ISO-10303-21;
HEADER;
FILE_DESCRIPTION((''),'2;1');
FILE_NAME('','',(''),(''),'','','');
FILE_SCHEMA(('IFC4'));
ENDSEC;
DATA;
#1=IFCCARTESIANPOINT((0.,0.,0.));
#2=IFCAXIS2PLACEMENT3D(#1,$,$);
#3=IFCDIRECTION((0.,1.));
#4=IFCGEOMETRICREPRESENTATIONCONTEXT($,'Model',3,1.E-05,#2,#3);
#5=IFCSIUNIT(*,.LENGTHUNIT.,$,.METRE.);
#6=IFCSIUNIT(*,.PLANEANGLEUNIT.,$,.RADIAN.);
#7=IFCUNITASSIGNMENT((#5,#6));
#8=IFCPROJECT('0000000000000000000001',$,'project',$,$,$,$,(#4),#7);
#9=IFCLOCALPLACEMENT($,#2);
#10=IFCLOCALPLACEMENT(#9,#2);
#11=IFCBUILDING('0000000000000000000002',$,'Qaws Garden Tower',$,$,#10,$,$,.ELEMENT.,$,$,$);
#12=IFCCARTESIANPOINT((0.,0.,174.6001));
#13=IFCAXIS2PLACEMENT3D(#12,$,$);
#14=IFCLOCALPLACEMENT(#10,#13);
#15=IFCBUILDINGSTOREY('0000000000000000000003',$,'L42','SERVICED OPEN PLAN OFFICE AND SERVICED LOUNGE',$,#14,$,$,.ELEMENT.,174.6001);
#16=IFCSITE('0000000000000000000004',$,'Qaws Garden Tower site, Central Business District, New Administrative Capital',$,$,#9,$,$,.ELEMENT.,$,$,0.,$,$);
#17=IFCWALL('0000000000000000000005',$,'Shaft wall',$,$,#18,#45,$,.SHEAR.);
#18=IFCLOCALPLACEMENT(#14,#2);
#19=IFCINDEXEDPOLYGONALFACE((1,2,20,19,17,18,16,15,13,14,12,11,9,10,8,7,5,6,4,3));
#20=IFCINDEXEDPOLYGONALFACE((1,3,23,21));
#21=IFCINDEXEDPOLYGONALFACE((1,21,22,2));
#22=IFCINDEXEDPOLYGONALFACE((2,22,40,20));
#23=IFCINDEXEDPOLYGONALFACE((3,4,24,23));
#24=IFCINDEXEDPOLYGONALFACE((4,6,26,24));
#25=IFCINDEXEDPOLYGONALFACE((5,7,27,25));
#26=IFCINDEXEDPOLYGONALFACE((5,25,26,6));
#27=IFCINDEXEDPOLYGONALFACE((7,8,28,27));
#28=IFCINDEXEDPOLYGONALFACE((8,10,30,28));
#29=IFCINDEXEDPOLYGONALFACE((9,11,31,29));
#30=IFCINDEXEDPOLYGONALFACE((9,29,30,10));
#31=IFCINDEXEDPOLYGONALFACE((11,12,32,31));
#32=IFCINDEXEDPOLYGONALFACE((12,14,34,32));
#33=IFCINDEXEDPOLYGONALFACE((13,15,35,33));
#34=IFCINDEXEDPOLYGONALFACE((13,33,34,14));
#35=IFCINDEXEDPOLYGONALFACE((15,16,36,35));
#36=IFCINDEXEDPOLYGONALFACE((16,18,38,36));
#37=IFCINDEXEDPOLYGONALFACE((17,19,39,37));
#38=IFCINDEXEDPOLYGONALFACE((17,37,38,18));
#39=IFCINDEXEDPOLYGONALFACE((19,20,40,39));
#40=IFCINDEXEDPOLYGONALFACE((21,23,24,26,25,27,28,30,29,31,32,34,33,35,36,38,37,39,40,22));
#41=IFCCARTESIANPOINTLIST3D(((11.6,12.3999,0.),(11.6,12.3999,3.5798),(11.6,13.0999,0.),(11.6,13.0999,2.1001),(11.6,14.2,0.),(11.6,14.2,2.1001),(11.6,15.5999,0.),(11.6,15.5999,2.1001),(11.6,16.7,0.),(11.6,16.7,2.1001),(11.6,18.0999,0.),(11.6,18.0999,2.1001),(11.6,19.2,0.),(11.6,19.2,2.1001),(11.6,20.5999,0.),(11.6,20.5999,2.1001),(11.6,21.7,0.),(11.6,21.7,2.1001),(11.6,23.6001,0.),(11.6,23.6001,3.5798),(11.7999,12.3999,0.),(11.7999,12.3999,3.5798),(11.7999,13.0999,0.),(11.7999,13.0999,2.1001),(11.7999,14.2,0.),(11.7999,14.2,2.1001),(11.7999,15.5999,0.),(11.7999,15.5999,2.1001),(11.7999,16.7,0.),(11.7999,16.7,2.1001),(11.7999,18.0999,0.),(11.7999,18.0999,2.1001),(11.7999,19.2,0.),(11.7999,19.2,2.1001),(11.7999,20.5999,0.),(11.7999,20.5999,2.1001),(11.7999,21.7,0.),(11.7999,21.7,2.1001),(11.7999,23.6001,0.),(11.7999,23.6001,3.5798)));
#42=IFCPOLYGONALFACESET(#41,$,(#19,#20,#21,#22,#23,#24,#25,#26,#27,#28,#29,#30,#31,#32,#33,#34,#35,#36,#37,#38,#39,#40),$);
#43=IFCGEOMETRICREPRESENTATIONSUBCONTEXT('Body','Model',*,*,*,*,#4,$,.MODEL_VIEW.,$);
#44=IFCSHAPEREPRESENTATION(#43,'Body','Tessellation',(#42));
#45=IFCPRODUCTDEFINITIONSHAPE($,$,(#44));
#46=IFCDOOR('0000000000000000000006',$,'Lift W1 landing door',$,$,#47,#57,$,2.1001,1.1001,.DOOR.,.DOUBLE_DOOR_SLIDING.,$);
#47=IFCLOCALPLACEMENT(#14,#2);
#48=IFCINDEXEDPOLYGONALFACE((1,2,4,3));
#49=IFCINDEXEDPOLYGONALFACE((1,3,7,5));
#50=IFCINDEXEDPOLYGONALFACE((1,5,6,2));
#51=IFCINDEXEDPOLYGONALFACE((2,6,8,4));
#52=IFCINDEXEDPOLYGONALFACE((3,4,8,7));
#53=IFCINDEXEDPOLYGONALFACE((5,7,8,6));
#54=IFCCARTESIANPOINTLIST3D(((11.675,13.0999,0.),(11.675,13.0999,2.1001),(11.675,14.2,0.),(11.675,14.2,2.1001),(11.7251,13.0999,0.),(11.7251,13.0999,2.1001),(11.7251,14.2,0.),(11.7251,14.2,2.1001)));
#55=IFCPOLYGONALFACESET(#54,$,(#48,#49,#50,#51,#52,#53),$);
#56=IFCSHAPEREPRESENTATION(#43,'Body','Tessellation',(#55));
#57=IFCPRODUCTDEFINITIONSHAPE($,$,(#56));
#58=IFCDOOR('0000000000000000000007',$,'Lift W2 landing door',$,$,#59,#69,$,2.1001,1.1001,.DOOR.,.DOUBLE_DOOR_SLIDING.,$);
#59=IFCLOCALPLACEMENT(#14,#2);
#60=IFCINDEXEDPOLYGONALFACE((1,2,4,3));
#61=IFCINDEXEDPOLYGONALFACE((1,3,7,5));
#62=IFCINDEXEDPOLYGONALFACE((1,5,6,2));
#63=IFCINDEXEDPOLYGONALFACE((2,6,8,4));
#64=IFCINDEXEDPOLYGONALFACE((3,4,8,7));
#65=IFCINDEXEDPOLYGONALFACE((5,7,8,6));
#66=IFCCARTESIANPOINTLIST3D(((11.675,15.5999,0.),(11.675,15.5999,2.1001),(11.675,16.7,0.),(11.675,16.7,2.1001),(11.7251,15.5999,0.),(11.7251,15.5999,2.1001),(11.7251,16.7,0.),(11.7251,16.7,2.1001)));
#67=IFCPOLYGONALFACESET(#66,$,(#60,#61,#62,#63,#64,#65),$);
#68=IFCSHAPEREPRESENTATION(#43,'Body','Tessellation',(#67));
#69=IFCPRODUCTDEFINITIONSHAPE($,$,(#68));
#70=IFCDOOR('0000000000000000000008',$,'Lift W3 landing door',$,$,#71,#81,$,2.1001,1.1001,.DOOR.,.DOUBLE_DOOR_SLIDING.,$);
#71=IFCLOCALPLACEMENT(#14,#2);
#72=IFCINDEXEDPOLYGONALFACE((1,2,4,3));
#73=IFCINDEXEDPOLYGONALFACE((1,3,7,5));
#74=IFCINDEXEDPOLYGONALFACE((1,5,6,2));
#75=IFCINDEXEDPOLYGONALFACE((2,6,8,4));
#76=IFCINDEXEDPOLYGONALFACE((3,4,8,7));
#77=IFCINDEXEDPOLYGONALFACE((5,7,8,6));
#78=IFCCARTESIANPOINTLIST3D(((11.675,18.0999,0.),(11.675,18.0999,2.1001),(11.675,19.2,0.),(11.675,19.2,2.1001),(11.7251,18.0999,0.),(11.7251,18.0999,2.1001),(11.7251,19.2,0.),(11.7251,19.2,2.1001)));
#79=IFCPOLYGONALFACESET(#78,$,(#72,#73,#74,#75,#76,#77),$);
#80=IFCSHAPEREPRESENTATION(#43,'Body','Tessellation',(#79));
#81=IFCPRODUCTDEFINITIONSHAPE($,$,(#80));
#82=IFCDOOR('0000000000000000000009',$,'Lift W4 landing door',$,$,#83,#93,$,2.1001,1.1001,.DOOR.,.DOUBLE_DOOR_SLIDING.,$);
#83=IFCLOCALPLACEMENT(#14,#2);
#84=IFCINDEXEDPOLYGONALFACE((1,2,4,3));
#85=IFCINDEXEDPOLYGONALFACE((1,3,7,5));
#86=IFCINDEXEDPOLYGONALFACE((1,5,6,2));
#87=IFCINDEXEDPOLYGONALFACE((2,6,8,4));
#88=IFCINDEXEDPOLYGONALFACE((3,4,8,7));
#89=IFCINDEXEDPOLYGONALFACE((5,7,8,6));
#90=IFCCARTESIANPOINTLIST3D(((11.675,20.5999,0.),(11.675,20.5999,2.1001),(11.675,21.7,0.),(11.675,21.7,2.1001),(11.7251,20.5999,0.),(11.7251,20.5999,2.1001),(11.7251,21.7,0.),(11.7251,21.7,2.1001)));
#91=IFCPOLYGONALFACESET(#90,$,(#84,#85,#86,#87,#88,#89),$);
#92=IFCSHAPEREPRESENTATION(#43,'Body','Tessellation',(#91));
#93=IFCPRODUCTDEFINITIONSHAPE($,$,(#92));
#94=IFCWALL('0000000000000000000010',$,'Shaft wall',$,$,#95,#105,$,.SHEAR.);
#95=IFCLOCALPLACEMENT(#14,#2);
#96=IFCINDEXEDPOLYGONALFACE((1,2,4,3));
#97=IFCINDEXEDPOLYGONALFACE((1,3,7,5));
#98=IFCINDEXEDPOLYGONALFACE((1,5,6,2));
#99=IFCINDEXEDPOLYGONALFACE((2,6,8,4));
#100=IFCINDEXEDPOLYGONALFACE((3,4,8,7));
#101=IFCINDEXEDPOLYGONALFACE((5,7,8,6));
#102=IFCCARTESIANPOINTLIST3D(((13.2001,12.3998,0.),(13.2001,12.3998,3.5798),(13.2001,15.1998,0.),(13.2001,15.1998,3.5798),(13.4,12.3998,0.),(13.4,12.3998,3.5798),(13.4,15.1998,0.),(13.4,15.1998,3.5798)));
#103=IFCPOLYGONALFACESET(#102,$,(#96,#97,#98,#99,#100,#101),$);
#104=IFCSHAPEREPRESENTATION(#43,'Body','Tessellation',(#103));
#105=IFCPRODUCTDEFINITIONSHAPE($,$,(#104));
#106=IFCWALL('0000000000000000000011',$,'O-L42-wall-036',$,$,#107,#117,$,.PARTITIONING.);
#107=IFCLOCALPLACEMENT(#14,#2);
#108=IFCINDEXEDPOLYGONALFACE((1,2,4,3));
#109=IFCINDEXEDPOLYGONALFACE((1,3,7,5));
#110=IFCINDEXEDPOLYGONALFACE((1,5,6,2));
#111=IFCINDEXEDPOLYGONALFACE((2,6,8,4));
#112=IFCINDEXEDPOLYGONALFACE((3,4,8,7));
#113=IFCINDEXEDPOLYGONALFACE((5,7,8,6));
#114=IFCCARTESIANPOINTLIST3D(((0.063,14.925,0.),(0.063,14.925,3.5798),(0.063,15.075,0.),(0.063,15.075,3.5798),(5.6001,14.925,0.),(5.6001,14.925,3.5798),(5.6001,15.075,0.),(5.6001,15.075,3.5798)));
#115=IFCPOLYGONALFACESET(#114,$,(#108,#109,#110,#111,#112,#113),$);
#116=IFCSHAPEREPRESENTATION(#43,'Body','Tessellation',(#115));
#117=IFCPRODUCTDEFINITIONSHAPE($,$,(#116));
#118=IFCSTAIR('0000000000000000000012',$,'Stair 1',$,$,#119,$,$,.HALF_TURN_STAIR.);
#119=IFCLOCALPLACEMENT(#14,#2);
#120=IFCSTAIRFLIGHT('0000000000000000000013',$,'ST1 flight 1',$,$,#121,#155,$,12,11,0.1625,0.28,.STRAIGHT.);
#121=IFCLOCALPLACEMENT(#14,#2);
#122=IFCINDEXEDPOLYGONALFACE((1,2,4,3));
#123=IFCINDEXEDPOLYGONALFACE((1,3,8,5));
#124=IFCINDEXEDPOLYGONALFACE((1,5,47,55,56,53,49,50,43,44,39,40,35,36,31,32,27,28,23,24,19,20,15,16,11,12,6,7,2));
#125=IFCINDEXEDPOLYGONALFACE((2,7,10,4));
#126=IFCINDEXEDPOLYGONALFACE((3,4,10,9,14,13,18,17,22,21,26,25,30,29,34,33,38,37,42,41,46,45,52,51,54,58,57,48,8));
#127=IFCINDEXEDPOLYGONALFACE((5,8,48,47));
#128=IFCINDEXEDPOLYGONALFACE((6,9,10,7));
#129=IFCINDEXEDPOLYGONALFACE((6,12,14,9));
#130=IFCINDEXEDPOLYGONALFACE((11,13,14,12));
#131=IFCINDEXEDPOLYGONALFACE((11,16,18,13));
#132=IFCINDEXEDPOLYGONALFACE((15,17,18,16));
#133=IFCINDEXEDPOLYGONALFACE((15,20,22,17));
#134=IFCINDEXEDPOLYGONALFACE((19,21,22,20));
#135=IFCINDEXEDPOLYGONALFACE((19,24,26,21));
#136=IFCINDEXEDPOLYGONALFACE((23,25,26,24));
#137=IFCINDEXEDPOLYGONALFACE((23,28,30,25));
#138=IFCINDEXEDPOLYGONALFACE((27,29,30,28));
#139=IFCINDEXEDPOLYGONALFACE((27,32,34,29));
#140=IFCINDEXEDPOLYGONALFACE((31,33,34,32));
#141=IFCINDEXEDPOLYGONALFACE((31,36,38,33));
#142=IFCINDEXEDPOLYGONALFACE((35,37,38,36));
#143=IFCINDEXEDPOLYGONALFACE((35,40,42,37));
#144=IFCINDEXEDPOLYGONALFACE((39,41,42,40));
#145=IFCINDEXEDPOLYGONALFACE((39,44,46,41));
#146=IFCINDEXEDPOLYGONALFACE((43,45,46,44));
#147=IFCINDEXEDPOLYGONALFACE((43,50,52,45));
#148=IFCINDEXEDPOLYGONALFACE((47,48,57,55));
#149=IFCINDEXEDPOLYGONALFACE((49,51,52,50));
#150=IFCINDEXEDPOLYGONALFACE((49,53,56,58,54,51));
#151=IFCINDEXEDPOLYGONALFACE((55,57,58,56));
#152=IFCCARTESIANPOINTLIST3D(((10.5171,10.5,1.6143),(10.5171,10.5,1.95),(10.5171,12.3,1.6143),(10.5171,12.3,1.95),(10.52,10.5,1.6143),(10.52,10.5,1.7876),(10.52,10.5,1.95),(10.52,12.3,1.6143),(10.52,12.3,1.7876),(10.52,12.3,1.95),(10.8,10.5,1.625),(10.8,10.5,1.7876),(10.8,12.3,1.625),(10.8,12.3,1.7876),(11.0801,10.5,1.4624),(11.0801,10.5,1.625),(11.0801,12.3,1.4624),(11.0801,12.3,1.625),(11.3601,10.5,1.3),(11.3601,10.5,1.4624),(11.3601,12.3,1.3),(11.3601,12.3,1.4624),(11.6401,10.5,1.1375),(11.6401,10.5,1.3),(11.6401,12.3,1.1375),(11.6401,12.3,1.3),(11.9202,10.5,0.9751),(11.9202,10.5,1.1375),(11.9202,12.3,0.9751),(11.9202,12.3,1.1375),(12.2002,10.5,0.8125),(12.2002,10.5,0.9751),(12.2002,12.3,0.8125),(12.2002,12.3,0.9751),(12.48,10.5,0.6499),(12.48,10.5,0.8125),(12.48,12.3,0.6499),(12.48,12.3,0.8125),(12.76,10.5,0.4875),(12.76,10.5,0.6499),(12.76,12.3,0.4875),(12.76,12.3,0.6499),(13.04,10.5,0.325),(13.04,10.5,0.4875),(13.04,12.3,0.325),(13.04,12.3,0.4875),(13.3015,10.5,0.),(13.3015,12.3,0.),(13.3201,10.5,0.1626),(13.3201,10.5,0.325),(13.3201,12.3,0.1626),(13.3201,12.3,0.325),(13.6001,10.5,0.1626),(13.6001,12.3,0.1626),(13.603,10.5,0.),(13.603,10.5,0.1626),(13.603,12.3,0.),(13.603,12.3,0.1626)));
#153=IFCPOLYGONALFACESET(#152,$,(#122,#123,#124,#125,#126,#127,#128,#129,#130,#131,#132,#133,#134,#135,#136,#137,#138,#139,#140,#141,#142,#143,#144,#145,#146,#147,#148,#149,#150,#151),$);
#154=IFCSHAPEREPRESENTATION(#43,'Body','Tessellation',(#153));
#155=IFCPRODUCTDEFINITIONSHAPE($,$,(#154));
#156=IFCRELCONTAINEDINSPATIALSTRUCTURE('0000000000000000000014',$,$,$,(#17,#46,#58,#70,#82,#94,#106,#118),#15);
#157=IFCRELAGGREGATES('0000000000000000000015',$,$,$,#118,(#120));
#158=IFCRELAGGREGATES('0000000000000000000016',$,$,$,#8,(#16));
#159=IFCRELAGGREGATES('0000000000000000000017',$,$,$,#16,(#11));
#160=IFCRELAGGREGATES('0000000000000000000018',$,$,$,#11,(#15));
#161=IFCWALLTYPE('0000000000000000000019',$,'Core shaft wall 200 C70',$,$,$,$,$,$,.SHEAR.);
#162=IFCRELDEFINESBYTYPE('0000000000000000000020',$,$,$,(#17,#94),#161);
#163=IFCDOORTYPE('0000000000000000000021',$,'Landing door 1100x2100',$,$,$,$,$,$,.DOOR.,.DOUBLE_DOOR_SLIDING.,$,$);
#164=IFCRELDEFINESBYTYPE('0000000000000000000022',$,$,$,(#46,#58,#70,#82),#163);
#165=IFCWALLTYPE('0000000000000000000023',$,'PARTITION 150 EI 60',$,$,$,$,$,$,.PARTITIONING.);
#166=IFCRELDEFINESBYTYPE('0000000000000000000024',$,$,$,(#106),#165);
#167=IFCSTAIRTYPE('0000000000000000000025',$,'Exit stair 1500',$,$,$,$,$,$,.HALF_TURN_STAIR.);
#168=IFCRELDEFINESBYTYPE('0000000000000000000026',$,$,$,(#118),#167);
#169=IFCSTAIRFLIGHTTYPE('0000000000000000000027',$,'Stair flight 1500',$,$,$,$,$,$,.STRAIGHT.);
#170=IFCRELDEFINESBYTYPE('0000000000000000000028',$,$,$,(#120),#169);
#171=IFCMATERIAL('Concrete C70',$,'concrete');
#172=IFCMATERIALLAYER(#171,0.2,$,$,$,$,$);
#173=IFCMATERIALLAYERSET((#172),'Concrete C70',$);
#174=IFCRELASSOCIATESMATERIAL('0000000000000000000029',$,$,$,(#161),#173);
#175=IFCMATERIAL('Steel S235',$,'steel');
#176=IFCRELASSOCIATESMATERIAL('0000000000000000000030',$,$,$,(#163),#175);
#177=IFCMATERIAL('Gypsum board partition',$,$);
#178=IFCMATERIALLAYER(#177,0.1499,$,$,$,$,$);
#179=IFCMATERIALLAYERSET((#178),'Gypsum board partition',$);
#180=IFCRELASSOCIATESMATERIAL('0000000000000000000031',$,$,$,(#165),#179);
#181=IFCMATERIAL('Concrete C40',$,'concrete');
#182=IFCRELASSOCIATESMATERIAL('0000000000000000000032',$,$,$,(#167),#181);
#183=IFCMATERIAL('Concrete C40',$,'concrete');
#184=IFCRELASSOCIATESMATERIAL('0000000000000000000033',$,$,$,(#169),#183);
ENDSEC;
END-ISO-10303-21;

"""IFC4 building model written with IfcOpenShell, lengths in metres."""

from ifc_helpers import new_model, si_unit, direction, frame, frame_2d, origin, place, context, subcontext, project, spatial, polyline, rectangle, outline, extrude, material, layer, layer_set, type_object, element, fill, aggregate, save


model = new_model("IFC4")

# Units and contexts
model_context = context("Model", 3, precision=1e-05, world=origin(), true_north=direction((0.0, 1.0)))
body_context = subcontext(model_context, "Body", "Model", "MODEL_VIEW")
ifc_project = project(units=[si_unit("LENGTHUNIT", "METRE"), si_unit("PLANEANGLEUNIT", "RADIAN")], contexts=[model_context])

# Site, building, storey
site_placement = place(None, origin())
site = spatial("IfcSite", under=ifc_project, at=site_placement, Name="Qaws Garden Tower site, Central Business District, New Administrative Capital", CompositionType="ELEMENT", RefElevation=0.0)
building_placement = place(site_placement, origin())
building = spatial("IfcBuilding", under=site, at=building_placement, Name="Qaws Garden Tower", CompositionType="ELEMENT")
storey_placement = place(building_placement, frame((0.0, 0.0, 174.6001)))
storey = spatial("IfcBuildingStorey", under=building, at=storey_placement, Name="L42", Description="SERVICED OPEN PLAN OFFICE AND SERVICED LOUNGE", CompositionType="ELEMENT", Elevation=174.6001)

# Shared definitions
ifc_material_1 = material(Name="Concrete C70", Category="concrete")
ifc_layer_1 = layer(ifc_material_1, 0.2)
ifc_layer_set_1 = layer_set([ifc_layer_1], Name="Concrete C70")
wall_type_1 = type_object("IfcWallType", Name="Core shaft wall 200 C70", PredefinedType="SHEAR", material=ifc_layer_set_1)

# Wall, openings, doors
wall_1_placement = place(storey_placement, frame((11.7, 12.3999, 0.0), z_axis=(0.0, 0.0, 1.0), x_axis=(0.0, 1.0, 0.0)))
wall_1 = element("IfcWall", 1, at=wall_1_placement, inside=storey, type_object=wall_type_1, Name="Shaft wall", PredefinedType="SHEAR", context=body_context, shape_type="SweptSolid", body=[
    extrude(rectangle(XDim=11.2002, YDim=0.2, at=frame_2d((5.6001, 0.0))), origin(), (0.0, 0.0, 1.0), 3.5798),
])
opening_1_placement = place(wall_1_placement, frame((0.7, 0.0, 0.0)))
opening_1 = element("IfcOpeningElement", 2, at=opening_1_placement, cuts=wall_1, PredefinedType="OPENING", context=body_context, shape_type="SweptSolid", body=[
    extrude(rectangle(XDim=1.1001, YDim=2.1001, at=frame_2d((0.55, 1.05))), frame((0.0, 0.1099, 0.0), z_axis=(0.0, -1.0, 0.0), x_axis=(1.0, 0.0, 0.0)), (0.0, 0.0, 1.0), 0.22),
])
opening_2_placement = place(wall_1_placement, frame((3.2, 0.0, 0.0)))
opening_2 = element("IfcOpeningElement", 3, at=opening_2_placement, cuts=wall_1, PredefinedType="OPENING", context=body_context, shape_type="SweptSolid", body=[
    extrude(rectangle(XDim=1.1001, YDim=2.1001, at=frame_2d((0.55, 1.05))), frame((0.0, 0.1099, 0.0), z_axis=(0.0, -1.0, 0.0), x_axis=(1.0, 0.0, 0.0)), (0.0, 0.0, 1.0), 0.22),
])
opening_3_placement = place(wall_1_placement, frame((5.7, 0.0, 0.0)))
opening_3 = element("IfcOpeningElement", 4, at=opening_3_placement, cuts=wall_1, PredefinedType="OPENING", context=body_context, shape_type="SweptSolid", body=[
    extrude(rectangle(XDim=1.1001, YDim=2.1001, at=frame_2d((0.55, 1.05))), frame((0.0, 0.1099, 0.0), z_axis=(0.0, -1.0, 0.0), x_axis=(1.0, 0.0, 0.0)), (0.0, 0.0, 1.0), 0.22),
])
opening_4_placement = place(wall_1_placement, frame((8.2, 0.0, 0.0)))
opening_4 = element("IfcOpeningElement", 5, at=opening_4_placement, cuts=wall_1, PredefinedType="OPENING", context=body_context, shape_type="SweptSolid", body=[
    extrude(rectangle(XDim=1.1001, YDim=2.1001, at=frame_2d((0.55, 1.05))), frame((0.0, 0.1099, 0.0), z_axis=(0.0, -1.0, 0.0), x_axis=(1.0, 0.0, 0.0)), (0.0, 0.0, 1.0), 0.22),
])
ifc_material_2 = material(Name="Steel S235", Category="steel")
door_type = type_object("IfcDoorType", Name="Landing door 1100x2100", OperationType="DOUBLE_DOOR_SLIDING", PredefinedType="DOOR", material=ifc_material_2)
door_1_placement = place(opening_1_placement, origin())
door_1 = element("IfcDoor", 6, at=door_1_placement, inside=storey, type_object=door_type, Name="Lift W1 landing door", OperationType="DOUBLE_DOOR_SLIDING", OverallHeight=2.1001, OverallWidth=1.1001, PredefinedType="DOOR", context=body_context, shape_type="SweptSolid", body=[
    extrude(rectangle(XDim=1.1001, YDim=2.1001, at=frame_2d((0.55, 1.05))), frame((0.0, 0.0249, 0.0), z_axis=(0.0, -1.0, 0.0), x_axis=(1.0, 0.0, 0.0)), (0.0, 0.0, 1.0), 0.05),
])
fill(opening_1, door_1)
door_2_placement = place(opening_2_placement, origin())
door_2 = element("IfcDoor", 7, at=door_2_placement, inside=storey, type_object=door_type, Name="Lift W2 landing door", OperationType="DOUBLE_DOOR_SLIDING", OverallHeight=2.1001, OverallWidth=1.1001, PredefinedType="DOOR", context=body_context, shape_type="SweptSolid", body=[
    extrude(rectangle(XDim=1.1001, YDim=2.1001, at=frame_2d((0.55, 1.05))), frame((0.0, 0.0249, 0.0), z_axis=(0.0, -1.0, 0.0), x_axis=(1.0, 0.0, 0.0)), (0.0, 0.0, 1.0), 0.05),
])
fill(opening_2, door_2)
door_3_placement = place(opening_3_placement, origin())
door_3 = element("IfcDoor", 8, at=door_3_placement, inside=storey, type_object=door_type, Name="Lift W3 landing door", OperationType="DOUBLE_DOOR_SLIDING", OverallHeight=2.1001, OverallWidth=1.1001, PredefinedType="DOOR", context=body_context, shape_type="SweptSolid", body=[
    extrude(rectangle(XDim=1.1001, YDim=2.1001, at=frame_2d((0.55, 1.05))), frame((0.0, 0.0249, 0.0), z_axis=(0.0, -1.0, 0.0), x_axis=(1.0, 0.0, 0.0)), (0.0, 0.0, 1.0), 0.05),
])
fill(opening_3, door_3)
door_4_placement = place(opening_4_placement, origin())
door_4 = element("IfcDoor", 9, at=door_4_placement, inside=storey, type_object=door_type, Name="Lift W4 landing door", OperationType="DOUBLE_DOOR_SLIDING", OverallHeight=2.1001, OverallWidth=1.1001, PredefinedType="DOOR", context=body_context, shape_type="SweptSolid", body=[
    extrude(rectangle(XDim=1.1001, YDim=2.1001, at=frame_2d((0.55, 1.05))), frame((0.0, 0.0249, 0.0), z_axis=(0.0, -1.0, 0.0), x_axis=(1.0, 0.0, 0.0)), (0.0, 0.0, 1.0), 0.05),
])
fill(opening_4, door_4)

# Walls
wall_2_placement = place(storey_placement, frame((13.3, 12.3999, 0.0), z_axis=(0.0, 0.0, 1.0), x_axis=(0.0, 1.0, 0.0)))
element("IfcWall", 10, at=wall_2_placement, inside=storey, type_object=wall_type_1, Name="Shaft wall", PredefinedType="SHEAR", context=body_context, shape_type="SweptSolid", body=[
    extrude(rectangle(XDim=2.8, YDim=0.2, at=frame_2d((1.3999, 0.0))), origin(), (0.0, 0.0, 1.0), 3.5798),
])
ifc_material_3 = material(Name="Gypsum board partition")
ifc_layer_2 = layer(ifc_material_3, 0.1499)
ifc_layer_set_2 = layer_set([ifc_layer_2], Name="Gypsum board partition")
wall_type_2 = type_object("IfcWallType", Name="PARTITION 150 EI 60", PredefinedType="PARTITIONING", material=ifc_layer_set_2)
wall_3_placement = place(storey_placement, frame((0.063, 15.0, 0.0), z_axis=(0.0, 0.0, 1.0), x_axis=(1.0, 0.0, 0.0)))
element("IfcWall", 11, at=wall_3_placement, inside=storey, type_object=wall_type_2, Name="O-L42-wall-036", PredefinedType="PARTITIONING", context=body_context, shape_type="SweptSolid", body=[
    extrude(rectangle(XDim=5.5371, YDim=0.1499, at=frame_2d((2.7686, 0.0))), origin(), (0.0, 0.0, 1.0), 3.5798),
])

# Stair, stair flight
ifc_material_4 = material(Name="Concrete C40", Category="concrete")
stair_type = type_object("IfcStairType", Name="Exit stair 1500", PredefinedType="HALF_TURN_STAIR", material=ifc_material_4)
stair_placement = place(storey_placement, origin())
stair = element("IfcStair", 12, at=stair_placement, inside=storey, type_object=stair_type, Name="Stair 1", PredefinedType="HALF_TURN_STAIR")
ifc_material_5 = material(Name="Concrete C40", Category="concrete")
stair_flight_type = type_object("IfcStairFlightType", Name="Stair flight 1500", PredefinedType="STRAIGHT", material=ifc_material_5)
stair_flight_1_placement = place(storey_placement, frame((13.6001, 11.3999, 0.0), z_axis=(0.0, 0.0, 1.0), x_axis=(-1.0, 0.0, 0.0)))
stair_flight_1 = element("IfcStairFlight", 13, at=stair_flight_1_placement, type_object=stair_flight_type, Name="ST1 flight 1", NumberOfRisers=12, NumberOfTreads=11, PredefinedType="STRAIGHT", RiserHeight=0.1625, TreadLength=0.28, context=body_context, shape_type="SweptSolid", body=[
    extrude(outline(polyline([(-0.0029, 0.0), (-0.0029, 0.1626), (0.0, 0.1626), (0.28, 0.1626), (0.28, 0.325), (0.5601, 0.325), (0.5601, 0.4875), (0.8401, 0.4875), (0.8401, 0.6499), (1.1201, 0.6499), (1.1201, 0.8125), (1.3999, 0.8125), (1.3999, 0.9751), (1.6799, 0.9751), (1.6799, 1.1375), (1.96, 1.1375), (1.96, 1.3), (2.24, 1.3), (2.24, 1.4624), (2.52, 1.4624), (2.52, 1.625), (2.8, 1.625), (2.8, 1.7876), (3.0801, 1.7876), (3.0801, 1.95), (3.083, 1.95), (3.083, 1.6143), (3.0801, 1.6143), (0.2986, 0.0), (-0.0029, 0.0)])), frame((0.0, 0.8999, 0.0), z_axis=(0.0, -1.0, 0.0), x_axis=(1.0, 0.0, 0.0)), (0.0, 0.0, 1.0), 1.8),
])
aggregate(stair, [stair_flight_1])

save(model, "model.ifc")
